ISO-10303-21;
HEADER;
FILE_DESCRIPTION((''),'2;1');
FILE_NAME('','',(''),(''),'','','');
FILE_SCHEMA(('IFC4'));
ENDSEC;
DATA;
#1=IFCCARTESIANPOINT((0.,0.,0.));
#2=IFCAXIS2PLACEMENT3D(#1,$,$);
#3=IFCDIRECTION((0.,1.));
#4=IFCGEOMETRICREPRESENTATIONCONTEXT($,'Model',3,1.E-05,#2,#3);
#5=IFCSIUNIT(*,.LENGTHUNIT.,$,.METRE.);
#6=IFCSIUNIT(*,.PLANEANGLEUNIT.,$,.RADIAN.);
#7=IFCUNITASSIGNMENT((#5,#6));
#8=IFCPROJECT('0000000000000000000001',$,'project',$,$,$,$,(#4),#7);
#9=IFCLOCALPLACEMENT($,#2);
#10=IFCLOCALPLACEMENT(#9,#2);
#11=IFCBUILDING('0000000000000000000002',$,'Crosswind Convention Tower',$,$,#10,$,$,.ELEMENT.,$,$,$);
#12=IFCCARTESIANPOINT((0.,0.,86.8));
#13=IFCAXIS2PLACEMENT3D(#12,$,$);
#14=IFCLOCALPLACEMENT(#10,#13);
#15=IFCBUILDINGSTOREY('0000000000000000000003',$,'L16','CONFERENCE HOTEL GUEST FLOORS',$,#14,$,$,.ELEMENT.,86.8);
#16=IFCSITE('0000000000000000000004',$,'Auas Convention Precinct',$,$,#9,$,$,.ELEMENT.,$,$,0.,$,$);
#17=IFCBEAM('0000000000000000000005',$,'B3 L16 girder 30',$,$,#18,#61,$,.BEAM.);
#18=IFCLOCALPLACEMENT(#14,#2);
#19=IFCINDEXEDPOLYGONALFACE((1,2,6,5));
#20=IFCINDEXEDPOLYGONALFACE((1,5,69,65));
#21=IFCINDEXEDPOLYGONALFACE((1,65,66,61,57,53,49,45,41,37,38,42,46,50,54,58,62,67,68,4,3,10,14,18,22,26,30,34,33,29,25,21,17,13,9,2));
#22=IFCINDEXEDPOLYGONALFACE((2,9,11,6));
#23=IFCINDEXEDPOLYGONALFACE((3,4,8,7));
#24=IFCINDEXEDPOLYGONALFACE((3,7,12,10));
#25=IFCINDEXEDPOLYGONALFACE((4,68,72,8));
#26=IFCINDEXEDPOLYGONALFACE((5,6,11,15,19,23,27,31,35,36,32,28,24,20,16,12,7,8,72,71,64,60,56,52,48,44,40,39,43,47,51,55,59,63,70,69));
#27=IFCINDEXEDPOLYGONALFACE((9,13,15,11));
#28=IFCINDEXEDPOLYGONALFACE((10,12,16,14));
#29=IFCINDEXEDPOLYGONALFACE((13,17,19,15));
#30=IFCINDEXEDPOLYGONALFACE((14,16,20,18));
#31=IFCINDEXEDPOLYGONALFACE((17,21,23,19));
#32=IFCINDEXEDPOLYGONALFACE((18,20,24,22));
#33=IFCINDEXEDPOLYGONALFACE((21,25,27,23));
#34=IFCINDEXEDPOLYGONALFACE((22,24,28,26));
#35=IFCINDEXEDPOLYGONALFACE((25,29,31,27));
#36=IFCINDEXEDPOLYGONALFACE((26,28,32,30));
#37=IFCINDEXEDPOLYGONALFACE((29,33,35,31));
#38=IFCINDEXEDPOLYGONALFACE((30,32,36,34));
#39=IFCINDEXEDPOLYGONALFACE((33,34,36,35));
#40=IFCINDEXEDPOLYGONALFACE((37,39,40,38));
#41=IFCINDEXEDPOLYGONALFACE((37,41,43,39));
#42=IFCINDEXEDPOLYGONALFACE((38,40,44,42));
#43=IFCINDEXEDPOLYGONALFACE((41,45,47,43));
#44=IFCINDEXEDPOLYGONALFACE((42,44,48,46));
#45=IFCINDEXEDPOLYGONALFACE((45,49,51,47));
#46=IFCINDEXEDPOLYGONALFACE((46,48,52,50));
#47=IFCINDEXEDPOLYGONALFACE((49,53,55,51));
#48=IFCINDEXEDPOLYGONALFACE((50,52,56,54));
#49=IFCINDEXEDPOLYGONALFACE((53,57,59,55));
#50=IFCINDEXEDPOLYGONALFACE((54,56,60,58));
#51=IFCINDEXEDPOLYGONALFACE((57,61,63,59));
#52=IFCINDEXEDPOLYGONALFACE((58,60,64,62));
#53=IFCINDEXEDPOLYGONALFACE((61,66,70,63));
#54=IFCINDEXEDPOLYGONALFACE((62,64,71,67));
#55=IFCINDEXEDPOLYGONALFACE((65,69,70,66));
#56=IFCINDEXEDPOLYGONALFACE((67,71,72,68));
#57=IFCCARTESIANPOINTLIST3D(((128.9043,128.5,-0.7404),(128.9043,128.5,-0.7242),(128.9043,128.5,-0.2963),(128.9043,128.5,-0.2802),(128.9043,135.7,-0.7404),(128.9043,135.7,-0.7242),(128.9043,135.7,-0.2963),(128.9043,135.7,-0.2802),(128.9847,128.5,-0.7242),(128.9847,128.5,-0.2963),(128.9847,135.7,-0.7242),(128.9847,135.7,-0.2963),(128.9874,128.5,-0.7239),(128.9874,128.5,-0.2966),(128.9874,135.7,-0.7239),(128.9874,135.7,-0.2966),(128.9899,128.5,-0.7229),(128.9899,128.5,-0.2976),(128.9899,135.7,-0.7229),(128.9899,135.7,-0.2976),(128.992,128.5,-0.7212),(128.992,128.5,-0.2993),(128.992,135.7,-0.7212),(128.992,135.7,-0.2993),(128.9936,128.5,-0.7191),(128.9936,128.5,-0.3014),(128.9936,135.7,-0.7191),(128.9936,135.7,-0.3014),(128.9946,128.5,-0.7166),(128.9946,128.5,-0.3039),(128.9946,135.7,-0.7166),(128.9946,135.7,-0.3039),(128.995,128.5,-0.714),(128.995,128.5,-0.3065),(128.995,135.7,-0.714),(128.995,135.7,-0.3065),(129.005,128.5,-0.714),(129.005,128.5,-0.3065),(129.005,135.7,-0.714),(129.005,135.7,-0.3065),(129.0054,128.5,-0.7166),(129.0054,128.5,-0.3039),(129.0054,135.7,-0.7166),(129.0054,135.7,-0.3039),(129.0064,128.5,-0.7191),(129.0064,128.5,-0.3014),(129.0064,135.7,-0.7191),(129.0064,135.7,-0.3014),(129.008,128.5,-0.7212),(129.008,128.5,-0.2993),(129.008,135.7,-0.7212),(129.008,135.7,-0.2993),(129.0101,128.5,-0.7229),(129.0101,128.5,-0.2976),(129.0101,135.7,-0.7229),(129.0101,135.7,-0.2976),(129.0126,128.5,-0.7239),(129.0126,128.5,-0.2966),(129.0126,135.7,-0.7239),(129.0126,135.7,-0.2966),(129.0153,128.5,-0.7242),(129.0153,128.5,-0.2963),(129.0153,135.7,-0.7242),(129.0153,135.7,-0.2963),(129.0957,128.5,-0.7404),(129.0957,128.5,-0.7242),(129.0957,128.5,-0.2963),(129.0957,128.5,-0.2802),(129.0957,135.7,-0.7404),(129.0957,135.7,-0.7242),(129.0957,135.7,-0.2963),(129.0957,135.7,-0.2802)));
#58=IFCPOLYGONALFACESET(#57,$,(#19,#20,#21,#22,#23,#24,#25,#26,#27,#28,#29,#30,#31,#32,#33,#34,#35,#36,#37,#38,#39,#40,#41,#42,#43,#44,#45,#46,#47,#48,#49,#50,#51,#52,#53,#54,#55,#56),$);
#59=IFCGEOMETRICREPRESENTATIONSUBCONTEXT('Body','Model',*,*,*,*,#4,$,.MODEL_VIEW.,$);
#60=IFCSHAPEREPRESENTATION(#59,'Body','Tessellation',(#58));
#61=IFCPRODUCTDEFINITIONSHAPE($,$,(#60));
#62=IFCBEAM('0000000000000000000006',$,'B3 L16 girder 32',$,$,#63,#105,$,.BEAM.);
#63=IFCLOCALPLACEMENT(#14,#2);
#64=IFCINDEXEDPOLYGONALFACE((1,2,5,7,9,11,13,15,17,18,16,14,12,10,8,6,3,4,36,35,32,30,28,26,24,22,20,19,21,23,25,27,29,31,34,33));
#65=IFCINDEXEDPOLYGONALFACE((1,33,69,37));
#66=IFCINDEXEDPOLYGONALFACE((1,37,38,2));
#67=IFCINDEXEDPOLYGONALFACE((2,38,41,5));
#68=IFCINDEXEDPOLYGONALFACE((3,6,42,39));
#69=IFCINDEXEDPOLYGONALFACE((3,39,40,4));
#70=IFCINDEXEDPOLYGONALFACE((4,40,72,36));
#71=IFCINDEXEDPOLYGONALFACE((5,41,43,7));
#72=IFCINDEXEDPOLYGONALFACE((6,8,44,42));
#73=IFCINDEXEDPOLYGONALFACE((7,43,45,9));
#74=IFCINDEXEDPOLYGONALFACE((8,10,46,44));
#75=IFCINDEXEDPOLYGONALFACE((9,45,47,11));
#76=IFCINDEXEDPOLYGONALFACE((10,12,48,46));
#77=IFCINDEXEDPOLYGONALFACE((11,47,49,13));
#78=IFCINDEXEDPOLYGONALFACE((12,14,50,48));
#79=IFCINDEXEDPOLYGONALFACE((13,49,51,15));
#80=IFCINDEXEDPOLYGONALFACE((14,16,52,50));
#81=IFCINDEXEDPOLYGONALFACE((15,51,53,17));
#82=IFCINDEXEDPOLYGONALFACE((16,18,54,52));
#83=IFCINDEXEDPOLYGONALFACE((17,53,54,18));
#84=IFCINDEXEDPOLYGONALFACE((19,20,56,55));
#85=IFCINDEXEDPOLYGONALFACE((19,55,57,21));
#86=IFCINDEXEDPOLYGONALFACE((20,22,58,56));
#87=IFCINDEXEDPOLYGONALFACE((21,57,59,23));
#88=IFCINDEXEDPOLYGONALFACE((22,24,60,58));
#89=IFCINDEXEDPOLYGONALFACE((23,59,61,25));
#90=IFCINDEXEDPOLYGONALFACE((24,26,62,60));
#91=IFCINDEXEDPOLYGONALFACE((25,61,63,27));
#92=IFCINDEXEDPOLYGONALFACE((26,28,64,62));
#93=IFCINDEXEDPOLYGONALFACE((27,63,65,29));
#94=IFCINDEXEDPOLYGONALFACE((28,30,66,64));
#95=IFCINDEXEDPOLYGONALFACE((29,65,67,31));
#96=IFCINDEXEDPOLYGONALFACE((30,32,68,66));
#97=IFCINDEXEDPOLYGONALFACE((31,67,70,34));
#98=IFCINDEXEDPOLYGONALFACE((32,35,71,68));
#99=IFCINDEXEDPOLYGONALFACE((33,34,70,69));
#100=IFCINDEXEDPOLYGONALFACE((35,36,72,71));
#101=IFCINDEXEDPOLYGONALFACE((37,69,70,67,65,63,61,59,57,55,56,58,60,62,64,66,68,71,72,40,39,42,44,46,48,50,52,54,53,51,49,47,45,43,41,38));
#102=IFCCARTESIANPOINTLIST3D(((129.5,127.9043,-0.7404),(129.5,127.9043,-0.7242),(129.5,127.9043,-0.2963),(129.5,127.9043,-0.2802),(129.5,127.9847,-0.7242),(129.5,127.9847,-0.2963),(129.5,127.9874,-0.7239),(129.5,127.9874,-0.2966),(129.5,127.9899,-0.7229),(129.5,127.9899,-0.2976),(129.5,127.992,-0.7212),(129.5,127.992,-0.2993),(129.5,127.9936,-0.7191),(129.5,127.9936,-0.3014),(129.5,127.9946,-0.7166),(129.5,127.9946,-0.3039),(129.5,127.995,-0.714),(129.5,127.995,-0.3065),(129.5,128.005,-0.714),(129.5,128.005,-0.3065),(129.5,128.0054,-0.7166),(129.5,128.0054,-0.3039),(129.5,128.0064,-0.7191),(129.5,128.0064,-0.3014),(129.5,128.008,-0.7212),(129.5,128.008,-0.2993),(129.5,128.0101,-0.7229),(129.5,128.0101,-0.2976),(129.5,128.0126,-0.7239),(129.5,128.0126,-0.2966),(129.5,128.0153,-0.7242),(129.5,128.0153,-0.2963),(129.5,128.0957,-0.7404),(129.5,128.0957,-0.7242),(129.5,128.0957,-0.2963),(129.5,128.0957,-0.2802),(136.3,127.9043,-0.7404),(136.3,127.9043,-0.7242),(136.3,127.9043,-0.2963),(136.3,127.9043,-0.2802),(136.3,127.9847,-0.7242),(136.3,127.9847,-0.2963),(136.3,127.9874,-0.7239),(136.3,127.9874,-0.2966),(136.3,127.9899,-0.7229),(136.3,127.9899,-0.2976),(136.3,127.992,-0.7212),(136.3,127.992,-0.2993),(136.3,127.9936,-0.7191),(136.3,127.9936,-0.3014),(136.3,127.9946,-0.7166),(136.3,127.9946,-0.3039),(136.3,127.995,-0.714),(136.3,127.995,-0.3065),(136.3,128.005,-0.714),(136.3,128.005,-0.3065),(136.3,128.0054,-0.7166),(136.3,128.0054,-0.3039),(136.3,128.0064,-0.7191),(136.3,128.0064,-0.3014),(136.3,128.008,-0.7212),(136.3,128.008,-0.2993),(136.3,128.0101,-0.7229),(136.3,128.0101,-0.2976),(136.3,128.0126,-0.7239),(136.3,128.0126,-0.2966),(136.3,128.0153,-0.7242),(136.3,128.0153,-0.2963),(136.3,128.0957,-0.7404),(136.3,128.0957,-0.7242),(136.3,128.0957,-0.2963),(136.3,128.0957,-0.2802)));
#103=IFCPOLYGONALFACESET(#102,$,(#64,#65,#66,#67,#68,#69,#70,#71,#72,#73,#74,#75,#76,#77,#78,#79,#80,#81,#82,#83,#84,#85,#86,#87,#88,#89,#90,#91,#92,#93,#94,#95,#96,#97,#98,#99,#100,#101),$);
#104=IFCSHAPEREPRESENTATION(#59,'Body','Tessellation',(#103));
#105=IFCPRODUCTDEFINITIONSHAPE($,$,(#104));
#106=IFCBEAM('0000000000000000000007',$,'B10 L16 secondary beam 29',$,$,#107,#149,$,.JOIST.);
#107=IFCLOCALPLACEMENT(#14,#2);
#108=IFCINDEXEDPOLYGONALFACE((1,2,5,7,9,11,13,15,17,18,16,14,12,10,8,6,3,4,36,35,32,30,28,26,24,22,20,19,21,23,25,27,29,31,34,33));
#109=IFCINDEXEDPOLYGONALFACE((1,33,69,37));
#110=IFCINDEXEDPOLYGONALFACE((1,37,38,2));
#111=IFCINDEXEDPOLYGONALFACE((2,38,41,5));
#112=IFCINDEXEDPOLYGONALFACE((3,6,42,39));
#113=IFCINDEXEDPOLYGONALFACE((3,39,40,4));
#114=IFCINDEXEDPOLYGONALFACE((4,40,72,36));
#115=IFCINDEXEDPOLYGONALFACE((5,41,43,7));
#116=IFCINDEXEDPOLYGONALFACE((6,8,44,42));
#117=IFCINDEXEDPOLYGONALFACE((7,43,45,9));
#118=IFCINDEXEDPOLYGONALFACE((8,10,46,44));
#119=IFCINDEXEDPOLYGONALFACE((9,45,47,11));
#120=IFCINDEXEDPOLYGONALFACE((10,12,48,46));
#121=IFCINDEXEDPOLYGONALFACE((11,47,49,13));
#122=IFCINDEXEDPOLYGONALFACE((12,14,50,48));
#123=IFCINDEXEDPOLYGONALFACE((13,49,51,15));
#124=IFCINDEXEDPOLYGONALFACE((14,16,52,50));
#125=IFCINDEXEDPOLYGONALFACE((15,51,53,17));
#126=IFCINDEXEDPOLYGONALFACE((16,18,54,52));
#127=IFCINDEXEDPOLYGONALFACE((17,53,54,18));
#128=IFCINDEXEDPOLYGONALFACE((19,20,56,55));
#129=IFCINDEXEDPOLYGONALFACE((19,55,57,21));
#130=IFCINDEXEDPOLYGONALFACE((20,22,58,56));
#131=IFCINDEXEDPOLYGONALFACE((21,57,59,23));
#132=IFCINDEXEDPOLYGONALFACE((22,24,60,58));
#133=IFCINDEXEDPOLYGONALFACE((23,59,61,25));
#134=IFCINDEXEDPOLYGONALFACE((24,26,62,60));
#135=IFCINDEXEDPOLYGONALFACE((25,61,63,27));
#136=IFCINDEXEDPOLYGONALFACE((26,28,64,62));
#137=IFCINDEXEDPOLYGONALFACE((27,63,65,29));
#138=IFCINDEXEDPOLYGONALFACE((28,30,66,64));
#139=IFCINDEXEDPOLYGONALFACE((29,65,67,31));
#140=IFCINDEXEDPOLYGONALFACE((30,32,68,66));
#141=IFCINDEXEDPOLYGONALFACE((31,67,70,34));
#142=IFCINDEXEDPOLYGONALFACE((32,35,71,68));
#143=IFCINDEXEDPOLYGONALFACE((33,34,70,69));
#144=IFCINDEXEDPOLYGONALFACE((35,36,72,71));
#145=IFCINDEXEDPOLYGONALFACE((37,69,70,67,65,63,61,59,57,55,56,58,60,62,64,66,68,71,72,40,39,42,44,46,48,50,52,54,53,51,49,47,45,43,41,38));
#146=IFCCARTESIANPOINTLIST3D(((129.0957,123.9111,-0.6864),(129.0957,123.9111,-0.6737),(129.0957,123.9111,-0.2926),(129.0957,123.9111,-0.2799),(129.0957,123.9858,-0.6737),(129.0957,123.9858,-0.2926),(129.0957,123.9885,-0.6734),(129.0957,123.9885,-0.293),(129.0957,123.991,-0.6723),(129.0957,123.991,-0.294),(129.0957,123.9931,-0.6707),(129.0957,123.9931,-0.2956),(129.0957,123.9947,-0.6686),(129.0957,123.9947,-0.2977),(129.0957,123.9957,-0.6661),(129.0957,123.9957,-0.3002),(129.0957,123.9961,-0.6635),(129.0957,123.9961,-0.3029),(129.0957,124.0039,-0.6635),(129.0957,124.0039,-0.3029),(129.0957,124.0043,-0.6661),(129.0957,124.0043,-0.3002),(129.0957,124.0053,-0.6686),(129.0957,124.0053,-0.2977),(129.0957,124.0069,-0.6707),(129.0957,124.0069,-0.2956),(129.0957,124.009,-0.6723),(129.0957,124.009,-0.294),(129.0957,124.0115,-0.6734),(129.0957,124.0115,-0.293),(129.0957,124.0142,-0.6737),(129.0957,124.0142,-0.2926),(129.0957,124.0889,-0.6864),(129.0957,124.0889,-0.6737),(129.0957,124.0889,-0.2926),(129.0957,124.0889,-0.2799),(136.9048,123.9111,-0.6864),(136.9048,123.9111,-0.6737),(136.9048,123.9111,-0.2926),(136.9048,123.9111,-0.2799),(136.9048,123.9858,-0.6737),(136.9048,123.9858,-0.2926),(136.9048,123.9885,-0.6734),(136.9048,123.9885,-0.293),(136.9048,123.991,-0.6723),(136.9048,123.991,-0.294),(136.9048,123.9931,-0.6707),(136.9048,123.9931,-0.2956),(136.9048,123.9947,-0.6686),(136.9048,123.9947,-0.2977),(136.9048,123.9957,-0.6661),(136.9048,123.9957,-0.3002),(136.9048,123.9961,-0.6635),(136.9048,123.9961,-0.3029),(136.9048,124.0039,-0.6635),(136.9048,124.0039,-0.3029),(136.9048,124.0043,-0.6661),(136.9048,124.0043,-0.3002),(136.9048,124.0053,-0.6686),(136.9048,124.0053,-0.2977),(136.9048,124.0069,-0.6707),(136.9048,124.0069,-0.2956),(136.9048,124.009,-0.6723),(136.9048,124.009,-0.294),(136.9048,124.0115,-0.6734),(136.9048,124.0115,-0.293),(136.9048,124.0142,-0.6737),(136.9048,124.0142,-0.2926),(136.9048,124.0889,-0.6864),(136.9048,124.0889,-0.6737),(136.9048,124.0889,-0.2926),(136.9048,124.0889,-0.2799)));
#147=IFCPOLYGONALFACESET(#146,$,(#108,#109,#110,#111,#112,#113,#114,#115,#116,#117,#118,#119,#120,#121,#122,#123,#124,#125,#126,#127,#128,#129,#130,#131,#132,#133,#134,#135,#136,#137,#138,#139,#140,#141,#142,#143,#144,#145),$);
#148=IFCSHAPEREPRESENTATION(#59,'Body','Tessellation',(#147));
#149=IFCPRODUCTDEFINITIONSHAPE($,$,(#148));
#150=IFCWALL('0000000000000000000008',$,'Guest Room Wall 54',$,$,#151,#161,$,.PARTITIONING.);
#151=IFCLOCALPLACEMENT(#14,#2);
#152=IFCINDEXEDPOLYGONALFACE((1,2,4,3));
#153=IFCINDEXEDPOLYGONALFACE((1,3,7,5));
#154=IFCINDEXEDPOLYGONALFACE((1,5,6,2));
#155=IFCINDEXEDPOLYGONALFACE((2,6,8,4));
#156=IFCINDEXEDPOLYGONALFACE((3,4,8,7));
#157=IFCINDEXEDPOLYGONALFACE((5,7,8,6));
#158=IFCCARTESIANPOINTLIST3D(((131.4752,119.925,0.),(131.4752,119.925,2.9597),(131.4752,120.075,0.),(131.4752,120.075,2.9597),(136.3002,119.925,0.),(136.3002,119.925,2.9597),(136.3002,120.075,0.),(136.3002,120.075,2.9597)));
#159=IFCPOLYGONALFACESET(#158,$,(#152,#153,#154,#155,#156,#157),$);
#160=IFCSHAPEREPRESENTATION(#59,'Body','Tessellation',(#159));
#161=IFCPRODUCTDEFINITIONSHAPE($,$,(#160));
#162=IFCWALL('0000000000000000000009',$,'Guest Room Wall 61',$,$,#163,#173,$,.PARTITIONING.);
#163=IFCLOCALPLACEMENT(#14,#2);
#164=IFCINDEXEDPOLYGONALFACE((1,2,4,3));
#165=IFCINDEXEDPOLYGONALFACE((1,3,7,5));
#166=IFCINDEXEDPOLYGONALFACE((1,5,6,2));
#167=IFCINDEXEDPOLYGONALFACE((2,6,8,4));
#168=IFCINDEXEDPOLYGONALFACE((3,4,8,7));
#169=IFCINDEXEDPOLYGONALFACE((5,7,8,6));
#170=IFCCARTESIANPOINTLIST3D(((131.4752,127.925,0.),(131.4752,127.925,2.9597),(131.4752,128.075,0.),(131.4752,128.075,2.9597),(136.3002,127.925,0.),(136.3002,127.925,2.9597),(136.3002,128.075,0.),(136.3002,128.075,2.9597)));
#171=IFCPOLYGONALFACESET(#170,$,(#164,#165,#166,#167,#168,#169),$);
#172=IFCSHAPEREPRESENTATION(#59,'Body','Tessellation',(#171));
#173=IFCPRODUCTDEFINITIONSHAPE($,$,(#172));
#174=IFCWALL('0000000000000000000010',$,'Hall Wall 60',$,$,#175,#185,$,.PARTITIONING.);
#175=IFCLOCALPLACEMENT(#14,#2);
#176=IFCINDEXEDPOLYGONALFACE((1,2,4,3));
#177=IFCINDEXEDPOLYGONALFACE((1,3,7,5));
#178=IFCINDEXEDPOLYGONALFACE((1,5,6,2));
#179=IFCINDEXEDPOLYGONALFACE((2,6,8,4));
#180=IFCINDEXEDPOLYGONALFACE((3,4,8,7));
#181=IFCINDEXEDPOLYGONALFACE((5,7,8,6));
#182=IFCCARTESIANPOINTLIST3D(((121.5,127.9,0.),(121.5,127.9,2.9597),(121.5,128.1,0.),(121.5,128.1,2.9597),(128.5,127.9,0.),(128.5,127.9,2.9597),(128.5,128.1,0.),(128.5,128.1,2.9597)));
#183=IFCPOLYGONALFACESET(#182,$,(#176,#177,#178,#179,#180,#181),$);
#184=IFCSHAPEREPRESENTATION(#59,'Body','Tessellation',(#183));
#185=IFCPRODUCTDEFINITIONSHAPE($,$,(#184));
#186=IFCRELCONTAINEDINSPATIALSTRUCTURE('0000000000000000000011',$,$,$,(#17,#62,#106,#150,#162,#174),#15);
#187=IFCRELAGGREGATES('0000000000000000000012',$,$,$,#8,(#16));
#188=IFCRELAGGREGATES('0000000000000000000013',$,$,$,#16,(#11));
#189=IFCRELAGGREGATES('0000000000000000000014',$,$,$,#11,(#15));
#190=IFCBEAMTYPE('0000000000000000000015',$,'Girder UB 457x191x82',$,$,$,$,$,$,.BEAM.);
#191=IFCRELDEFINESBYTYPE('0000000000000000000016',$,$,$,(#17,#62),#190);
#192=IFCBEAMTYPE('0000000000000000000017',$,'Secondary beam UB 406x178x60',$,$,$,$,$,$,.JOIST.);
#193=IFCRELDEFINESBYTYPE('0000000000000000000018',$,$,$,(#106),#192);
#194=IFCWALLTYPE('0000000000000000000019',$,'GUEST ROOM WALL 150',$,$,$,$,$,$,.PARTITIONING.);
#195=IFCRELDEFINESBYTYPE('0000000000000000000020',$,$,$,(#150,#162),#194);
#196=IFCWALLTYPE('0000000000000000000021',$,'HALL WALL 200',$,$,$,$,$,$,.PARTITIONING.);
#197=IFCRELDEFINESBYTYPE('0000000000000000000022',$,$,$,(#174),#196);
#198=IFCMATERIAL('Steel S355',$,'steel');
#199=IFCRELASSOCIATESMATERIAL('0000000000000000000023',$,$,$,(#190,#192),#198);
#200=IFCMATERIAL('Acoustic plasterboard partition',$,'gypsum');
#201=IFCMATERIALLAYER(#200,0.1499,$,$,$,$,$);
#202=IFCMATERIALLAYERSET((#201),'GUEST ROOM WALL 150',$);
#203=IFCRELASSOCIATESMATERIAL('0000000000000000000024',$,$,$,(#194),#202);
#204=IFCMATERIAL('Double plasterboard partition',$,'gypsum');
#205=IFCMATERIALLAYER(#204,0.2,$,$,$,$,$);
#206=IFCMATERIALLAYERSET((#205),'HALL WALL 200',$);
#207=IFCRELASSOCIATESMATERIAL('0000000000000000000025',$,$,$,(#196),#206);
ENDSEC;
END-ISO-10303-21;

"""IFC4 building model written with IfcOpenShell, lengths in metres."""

from ifc_helpers import new_model, si_unit, direction, frame, frame_2d, origin, origin_2d, place, context, subcontext, project, spatial, rectangle, i_section, extrude, material, layer, layer_set, material_profile, profile_set, type_object, element, save


model = new_model("IFC4")

# Units and contexts
model_context = context("Model", 3, precision=1e-05, world=origin(), true_north=direction((0.0, 1.0)))
body_context = subcontext(model_context, "Body", "Model", "MODEL_VIEW")
ifc_project = project(units=[si_unit("LENGTHUNIT", "METRE"), si_unit("PLANEANGLEUNIT", "RADIAN")], contexts=[model_context])

# Site, building, storey
site_placement = place(None, origin())
site = spatial("IfcSite", under=ifc_project, at=site_placement, Name="Auas Convention Precinct", CompositionType="ELEMENT", RefElevation=0.0)
building_placement = place(site_placement, origin())
building = spatial("IfcBuilding", under=site, at=building_placement, Name="Crosswind Convention Tower", CompositionType="ELEMENT")
storey_placement = place(building_placement, frame((0.0, 0.0, 86.8)))
storey = spatial("IfcBuildingStorey", under=building, at=storey_placement, Name="L16", Description="CONFERENCE HOTEL GUEST FLOORS", CompositionType="ELEMENT", Elevation=86.8)

# Beams
ifc_material_1 = material(Name="Steel S355", Category="steel")
ifc_material_profile_1 = material_profile(ifc_material_1, i_section(OverallWidth=0.1914, OverallDepth=0.4602, WebThickness=0.01, FlangeThickness=0.0161, FilletRadius=0.0103, at=origin_2d()), Name="UB 457x191x82")
ifc_profile_set_1 = profile_set([ifc_material_profile_1], Name="Steel S355")
beam_type_1 = type_object("IfcBeamType", Name="Girder UB 457x191x82", PredefinedType="BEAM", material=ifc_profile_set_1)
beam_1_placement = place(storey_placement, frame((129.0, 128.5, -0.5103), z_axis=(0.0, 1.0, 0.0), x_axis=(-1.0, 0.0, 0.0)))
element("IfcBeam", 1, at=beam_1_placement, inside=storey, type_object=beam_type_1, Name="B3 L16 girder 30", PredefinedType="BEAM", context=body_context, shape_type="SweptSolid", body=[
    extrude(i_section(OverallWidth=0.1914, OverallDepth=0.4602, WebThickness=0.01, FlangeThickness=0.0161, FilletRadius=0.0103, at=origin_2d()), origin(), (0.0, 0.0, 1.0), 7.2),
])
beam_2_placement = place(storey_placement, frame((129.5, 128.0, -0.5103), z_axis=(1.0, 0.0, 0.0), x_axis=(0.0, 1.0, 0.0)))
element("IfcBeam", 2, at=beam_2_placement, inside=storey, type_object=beam_type_1, Name="B3 L16 girder 32", PredefinedType="BEAM", context=body_context, shape_type="SweptSolid", body=[
    extrude(i_section(OverallWidth=0.1914, OverallDepth=0.4602, WebThickness=0.01, FlangeThickness=0.0161, FilletRadius=0.0103, at=origin_2d()), origin(), (0.0, 0.0, 1.0), 6.8),
])
ifc_material_profile_2 = material_profile(ifc_material_1, i_section(OverallWidth=0.1777, OverallDepth=0.4065, WebThickness=0.0078, FlangeThickness=0.0127, FilletRadius=0.0103, at=origin_2d()), Name="UB 406x178x60")
ifc_profile_set_2 = profile_set([ifc_material_profile_2], Name="Steel S355")
beam_type_2 = type_object("IfcBeamType", Name="Secondary beam UB 406x178x60", PredefinedType="JOIST", material=ifc_profile_set_2)
beam_3_placement = place(storey_placement, frame((129.0957, 124.0, -0.4832), z_axis=(1.0, 0.0, 0.0), x_axis=(0.0, 1.0, 0.0)))
element("IfcBeam", 3, at=beam_3_placement, inside=storey, type_object=beam_type_2, Name="B10 L16 secondary beam 29", PredefinedType="JOIST", context=body_context, shape_type="SweptSolid", body=[
    extrude(i_section(OverallWidth=0.1777, OverallDepth=0.4065, WebThickness=0.0078, FlangeThickness=0.0127, FilletRadius=0.0103, at=origin_2d()), origin(), (0.0, 0.0, 1.0), 7.8091),
])

# Walls
ifc_material_2 = material(Name="Acoustic plasterboard partition", Category="gypsum")
ifc_layer_1 = layer(ifc_material_2, 0.1499)
ifc_layer_set_1 = layer_set([ifc_layer_1], Name="GUEST ROOM WALL 150")
wall_type_1 = type_object("IfcWallType", Name="GUEST ROOM WALL 150", PredefinedType="PARTITIONING", material=ifc_layer_set_1)
for number, where, z_axis, x_axis, name in (
    (4, (131.4751, 120.0, 0.0), (0.0, 0.0, 1.0), (1.0, 0.0, 0.0), "Guest Room Wall 54"),
    (5, (131.4751, 128.0, 0.0), (0.0, 0.0, 1.0), (1.0, 0.0, 0.0), "Guest Room Wall 61"),
):
    element("IfcWall", number, at=place(storey_placement, frame(where, z_axis=z_axis, x_axis=x_axis)), inside=storey, type_object=wall_type_1, Name=name, PredefinedType="PARTITIONING", context=body_context, shape_type="SweptSolid", body=[
        extrude(rectangle(XDim=4.825, YDim=0.1499, at=frame_2d((2.4126, 0.0))), origin(), (0.0, 0.0, 1.0), 2.9597),
    ])
ifc_material_3 = material(Name="Double plasterboard partition", Category="gypsum")
ifc_layer_2 = layer(ifc_material_3, 0.2)
ifc_layer_set_2 = layer_set([ifc_layer_2], Name="HALL WALL 200")
wall_type_2 = type_object("IfcWallType", Name="HALL WALL 200", PredefinedType="PARTITIONING", material=ifc_layer_set_2)
wall_1_placement = place(storey_placement, frame((121.5, 128.0, 0.0), z_axis=(0.0, 0.0, 1.0), x_axis=(1.0, 0.0, 0.0)))
element("IfcWall", 6, at=wall_1_placement, inside=storey, type_object=wall_type_2, Name="Hall Wall 60", PredefinedType="PARTITIONING", context=body_context, shape_type="SweptSolid", body=[
    extrude(rectangle(XDim=7.0, YDim=0.2, at=frame_2d((3.5, 0.0))), origin(), (0.0, 0.0, 1.0), 2.9597),
])

save(model, "model.ifc")
